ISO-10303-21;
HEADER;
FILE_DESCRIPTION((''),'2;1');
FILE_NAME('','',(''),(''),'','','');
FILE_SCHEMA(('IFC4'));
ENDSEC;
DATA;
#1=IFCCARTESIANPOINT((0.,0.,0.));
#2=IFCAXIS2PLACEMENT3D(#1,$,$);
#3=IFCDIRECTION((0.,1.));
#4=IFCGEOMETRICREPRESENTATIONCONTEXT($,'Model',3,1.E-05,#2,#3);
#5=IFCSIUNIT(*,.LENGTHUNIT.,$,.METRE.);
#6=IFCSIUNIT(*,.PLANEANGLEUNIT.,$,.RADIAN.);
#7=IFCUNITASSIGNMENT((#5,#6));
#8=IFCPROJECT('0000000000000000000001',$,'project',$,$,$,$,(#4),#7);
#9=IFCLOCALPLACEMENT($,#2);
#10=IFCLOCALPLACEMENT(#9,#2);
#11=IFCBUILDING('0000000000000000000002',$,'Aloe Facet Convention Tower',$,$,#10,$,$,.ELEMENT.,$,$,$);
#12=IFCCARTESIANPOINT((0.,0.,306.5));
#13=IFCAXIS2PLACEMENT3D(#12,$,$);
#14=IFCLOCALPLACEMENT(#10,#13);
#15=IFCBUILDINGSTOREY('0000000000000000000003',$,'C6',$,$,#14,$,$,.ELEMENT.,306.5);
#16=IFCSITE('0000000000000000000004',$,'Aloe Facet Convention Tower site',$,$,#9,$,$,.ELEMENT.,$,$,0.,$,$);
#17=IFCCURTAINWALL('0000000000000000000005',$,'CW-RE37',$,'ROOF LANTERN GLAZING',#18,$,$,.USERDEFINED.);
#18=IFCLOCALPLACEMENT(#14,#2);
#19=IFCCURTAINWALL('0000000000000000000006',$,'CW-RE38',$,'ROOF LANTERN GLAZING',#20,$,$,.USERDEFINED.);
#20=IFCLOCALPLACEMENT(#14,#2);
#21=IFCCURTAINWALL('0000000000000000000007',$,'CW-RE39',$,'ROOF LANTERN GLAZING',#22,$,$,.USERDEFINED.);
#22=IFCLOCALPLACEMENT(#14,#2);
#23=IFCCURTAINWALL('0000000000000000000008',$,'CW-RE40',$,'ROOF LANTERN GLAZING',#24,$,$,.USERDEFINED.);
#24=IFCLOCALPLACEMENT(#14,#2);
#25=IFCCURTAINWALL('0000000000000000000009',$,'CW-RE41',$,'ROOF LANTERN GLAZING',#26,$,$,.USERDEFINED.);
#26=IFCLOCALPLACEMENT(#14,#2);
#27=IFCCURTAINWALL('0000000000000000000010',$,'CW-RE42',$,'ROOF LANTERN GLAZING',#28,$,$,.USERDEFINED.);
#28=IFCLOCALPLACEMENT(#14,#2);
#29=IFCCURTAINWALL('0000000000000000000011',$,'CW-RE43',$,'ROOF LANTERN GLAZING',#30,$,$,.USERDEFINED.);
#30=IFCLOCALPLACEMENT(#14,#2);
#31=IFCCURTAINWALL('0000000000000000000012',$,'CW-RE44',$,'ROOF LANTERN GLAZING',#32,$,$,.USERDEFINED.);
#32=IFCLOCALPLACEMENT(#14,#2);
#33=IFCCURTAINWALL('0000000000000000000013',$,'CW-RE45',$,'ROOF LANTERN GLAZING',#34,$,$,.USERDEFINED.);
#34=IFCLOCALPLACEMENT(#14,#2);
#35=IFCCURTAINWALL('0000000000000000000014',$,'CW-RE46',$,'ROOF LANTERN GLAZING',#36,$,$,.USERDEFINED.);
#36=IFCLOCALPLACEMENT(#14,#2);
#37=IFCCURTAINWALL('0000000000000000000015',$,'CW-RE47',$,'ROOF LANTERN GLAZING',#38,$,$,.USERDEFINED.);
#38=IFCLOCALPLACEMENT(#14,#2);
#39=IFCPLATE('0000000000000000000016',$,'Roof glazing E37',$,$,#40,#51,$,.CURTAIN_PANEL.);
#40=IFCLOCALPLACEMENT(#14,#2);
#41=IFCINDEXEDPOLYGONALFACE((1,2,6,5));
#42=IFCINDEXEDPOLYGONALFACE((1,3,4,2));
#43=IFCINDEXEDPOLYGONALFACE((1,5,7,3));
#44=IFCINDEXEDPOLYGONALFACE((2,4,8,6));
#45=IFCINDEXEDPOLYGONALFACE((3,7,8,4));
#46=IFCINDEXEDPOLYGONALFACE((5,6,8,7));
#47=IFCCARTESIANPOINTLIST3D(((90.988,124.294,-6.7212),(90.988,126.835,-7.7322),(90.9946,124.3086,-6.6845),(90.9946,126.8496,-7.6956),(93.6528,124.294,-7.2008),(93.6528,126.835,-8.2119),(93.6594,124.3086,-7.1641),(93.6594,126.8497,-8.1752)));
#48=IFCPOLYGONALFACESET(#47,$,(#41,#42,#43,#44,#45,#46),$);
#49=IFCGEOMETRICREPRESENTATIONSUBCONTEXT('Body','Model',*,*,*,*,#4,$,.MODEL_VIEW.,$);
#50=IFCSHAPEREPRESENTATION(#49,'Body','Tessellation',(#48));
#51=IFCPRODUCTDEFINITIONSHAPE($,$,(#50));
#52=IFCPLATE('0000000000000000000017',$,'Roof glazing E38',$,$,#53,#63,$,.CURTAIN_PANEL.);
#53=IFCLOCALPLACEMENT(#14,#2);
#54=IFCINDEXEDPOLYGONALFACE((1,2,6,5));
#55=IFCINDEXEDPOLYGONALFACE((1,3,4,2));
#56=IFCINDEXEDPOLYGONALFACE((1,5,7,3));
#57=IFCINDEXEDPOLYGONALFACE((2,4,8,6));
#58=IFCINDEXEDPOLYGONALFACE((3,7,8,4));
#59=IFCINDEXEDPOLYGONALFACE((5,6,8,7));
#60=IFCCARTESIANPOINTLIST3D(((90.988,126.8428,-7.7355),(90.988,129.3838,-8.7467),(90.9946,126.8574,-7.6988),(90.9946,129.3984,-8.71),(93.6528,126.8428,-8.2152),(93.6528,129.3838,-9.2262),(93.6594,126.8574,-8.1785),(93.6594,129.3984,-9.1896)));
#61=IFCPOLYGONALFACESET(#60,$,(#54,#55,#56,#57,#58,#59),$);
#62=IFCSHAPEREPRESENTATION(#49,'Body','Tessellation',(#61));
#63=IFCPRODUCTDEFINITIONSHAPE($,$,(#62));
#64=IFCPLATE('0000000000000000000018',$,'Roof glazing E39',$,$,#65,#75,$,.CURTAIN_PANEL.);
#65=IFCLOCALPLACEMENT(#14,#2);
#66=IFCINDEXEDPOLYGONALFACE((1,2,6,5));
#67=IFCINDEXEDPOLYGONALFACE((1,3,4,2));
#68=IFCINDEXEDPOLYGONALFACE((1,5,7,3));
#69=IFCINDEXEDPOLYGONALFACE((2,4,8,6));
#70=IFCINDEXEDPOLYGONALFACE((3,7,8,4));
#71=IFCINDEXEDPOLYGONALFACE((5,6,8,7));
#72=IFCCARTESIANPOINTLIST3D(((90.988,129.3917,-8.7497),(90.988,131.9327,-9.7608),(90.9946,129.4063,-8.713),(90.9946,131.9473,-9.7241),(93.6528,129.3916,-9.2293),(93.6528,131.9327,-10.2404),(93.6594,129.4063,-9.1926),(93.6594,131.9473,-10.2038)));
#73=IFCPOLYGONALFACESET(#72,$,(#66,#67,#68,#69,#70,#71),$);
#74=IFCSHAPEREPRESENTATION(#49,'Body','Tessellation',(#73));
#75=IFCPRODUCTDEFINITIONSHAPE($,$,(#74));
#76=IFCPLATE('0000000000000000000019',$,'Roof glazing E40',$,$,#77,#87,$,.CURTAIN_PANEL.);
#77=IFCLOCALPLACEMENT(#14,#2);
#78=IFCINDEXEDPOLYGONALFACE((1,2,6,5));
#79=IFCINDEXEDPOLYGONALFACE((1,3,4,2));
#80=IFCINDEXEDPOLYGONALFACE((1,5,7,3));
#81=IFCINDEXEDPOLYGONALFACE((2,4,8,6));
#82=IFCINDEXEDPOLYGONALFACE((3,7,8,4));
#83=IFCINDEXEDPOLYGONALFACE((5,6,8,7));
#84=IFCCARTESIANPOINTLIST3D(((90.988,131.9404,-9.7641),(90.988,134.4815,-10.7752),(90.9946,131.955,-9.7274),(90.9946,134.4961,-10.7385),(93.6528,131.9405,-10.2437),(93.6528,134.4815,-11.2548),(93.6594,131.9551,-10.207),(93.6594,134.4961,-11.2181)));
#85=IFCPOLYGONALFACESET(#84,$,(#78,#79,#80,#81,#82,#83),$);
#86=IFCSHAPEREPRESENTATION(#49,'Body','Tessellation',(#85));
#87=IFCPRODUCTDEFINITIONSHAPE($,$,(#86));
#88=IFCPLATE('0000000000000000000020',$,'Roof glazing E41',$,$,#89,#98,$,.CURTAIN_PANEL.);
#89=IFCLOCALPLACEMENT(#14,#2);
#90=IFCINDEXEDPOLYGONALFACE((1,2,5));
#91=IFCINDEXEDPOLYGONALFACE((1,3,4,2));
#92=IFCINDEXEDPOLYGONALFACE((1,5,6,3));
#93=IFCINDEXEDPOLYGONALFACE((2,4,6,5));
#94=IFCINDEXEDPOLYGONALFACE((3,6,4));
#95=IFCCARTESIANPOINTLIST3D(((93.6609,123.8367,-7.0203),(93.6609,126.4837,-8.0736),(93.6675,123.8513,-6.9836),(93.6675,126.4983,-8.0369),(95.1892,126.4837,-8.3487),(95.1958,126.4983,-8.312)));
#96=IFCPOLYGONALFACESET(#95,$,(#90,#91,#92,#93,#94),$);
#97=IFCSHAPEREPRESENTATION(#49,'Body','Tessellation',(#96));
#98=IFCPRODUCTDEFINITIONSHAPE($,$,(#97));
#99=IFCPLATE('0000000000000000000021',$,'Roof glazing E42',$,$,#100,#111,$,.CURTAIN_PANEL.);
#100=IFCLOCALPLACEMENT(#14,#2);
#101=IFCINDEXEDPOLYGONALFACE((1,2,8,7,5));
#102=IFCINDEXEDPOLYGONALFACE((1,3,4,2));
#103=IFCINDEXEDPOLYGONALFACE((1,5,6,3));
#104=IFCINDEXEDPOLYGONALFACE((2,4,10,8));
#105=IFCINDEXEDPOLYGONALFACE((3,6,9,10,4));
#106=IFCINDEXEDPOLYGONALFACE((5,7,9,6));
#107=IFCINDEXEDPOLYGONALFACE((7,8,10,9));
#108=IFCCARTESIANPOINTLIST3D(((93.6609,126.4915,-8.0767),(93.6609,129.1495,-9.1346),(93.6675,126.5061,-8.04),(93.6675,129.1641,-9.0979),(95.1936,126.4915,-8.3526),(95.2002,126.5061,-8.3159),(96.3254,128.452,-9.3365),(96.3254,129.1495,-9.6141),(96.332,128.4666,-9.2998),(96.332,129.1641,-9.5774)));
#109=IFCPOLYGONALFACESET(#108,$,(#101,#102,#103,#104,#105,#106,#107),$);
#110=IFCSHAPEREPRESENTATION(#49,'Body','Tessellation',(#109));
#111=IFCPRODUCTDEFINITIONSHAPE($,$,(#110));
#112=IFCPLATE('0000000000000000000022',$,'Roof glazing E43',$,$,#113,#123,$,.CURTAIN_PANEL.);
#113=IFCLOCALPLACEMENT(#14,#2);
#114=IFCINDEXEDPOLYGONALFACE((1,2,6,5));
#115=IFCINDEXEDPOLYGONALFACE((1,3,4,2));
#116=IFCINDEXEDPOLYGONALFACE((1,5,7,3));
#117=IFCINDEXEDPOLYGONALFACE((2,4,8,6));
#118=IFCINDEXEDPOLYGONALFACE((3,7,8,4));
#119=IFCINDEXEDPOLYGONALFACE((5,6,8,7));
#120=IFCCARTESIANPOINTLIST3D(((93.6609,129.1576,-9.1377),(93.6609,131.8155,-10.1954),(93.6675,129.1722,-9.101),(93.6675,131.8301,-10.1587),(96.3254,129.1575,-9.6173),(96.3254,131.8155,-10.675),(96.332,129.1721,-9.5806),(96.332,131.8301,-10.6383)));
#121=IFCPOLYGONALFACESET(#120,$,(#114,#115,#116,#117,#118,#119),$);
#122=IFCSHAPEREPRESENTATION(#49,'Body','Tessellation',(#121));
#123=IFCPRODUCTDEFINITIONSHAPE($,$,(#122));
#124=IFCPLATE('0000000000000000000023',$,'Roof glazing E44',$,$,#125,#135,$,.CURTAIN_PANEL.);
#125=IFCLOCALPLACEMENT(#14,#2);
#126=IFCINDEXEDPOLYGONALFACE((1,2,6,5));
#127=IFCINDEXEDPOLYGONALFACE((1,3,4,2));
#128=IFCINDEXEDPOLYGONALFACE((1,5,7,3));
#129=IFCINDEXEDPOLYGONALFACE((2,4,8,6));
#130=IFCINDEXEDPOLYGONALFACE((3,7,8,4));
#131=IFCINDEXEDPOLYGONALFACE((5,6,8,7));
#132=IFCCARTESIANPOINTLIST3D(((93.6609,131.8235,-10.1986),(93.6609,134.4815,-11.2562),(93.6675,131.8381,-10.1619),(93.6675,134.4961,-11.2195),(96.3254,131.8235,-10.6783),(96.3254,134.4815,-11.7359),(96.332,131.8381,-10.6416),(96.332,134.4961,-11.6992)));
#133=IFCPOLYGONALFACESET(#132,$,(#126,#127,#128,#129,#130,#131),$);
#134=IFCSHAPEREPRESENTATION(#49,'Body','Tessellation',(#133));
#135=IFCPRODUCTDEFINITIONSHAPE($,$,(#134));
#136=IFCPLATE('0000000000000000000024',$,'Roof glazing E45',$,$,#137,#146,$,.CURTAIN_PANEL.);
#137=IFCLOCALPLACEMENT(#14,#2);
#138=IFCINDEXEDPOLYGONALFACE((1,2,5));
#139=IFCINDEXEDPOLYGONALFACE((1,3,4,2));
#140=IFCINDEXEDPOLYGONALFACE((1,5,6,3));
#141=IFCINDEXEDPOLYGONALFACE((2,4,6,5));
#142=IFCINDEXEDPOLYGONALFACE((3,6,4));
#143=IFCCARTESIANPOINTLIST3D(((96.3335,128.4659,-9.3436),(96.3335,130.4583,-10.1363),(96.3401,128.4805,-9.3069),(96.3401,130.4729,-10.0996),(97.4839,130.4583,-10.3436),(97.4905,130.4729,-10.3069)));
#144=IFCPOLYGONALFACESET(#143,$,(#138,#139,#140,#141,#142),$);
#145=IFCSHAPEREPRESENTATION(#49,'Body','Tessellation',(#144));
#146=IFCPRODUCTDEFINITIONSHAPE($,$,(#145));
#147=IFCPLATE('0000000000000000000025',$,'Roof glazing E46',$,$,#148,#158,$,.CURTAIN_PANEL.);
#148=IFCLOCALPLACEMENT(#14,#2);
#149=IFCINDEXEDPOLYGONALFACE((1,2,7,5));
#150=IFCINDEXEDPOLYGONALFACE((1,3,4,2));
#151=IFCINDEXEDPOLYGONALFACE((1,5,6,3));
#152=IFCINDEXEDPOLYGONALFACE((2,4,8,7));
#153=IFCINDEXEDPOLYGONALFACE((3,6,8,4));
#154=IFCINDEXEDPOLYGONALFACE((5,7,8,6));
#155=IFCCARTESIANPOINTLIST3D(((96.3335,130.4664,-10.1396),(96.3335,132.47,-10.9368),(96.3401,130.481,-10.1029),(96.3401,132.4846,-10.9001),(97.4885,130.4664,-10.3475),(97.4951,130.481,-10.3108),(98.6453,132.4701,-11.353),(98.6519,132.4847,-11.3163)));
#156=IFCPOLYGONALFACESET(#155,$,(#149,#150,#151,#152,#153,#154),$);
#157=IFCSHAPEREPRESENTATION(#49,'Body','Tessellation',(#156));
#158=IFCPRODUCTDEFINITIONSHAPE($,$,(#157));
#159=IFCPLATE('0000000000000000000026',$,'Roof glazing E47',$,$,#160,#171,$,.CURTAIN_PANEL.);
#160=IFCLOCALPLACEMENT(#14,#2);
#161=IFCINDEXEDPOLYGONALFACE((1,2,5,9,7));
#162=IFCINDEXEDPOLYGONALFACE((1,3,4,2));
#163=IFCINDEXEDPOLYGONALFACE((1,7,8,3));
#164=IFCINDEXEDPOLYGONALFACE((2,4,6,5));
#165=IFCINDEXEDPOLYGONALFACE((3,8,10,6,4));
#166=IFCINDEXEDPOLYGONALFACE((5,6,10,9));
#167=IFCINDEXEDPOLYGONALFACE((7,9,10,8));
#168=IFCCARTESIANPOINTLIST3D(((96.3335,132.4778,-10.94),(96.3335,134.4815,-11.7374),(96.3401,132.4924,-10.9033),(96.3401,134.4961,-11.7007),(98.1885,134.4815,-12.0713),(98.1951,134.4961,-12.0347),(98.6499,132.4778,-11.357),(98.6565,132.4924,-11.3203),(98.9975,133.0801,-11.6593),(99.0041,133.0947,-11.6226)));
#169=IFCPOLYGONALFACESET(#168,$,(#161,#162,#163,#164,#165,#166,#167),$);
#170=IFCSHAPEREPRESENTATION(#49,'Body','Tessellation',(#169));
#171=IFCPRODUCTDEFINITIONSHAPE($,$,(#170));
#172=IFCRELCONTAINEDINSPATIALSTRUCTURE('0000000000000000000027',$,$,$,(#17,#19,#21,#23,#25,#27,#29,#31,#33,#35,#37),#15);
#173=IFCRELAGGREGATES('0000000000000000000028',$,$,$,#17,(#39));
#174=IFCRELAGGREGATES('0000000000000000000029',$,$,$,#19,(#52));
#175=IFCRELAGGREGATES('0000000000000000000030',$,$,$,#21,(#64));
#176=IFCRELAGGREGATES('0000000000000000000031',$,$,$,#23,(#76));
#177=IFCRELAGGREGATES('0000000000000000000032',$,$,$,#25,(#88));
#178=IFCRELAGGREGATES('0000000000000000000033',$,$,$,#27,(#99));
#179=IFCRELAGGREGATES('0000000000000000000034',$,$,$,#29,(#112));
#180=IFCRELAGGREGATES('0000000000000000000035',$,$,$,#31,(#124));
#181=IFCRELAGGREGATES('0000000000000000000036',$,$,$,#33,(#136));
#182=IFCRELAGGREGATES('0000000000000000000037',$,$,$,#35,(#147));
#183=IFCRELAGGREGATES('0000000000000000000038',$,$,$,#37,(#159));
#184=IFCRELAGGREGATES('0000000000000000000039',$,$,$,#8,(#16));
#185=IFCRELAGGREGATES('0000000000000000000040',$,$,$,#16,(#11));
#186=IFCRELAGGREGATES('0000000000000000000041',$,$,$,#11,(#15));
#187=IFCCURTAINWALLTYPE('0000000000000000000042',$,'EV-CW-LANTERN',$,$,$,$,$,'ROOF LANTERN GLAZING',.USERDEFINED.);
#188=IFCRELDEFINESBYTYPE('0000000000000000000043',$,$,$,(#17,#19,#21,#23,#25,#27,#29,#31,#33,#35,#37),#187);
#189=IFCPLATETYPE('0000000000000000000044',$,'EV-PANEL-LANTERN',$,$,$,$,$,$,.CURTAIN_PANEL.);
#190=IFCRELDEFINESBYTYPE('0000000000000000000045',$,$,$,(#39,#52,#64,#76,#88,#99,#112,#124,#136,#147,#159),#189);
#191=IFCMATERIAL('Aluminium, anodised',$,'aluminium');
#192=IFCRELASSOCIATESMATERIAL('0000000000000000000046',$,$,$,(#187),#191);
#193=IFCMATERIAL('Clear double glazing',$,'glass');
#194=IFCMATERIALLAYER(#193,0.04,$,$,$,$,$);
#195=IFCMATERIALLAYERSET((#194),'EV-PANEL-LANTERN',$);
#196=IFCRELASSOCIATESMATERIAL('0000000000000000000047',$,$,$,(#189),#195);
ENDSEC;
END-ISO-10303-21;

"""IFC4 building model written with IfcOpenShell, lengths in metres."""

from ifc_helpers import new_model, si_unit, direction, frame, origin, place, context, subcontext, project, spatial, polyline, outline, extrude, material, layer, layer_set, type_object, element, aggregate, save


model = new_model("IFC4")

# Units and contexts
model_context = context("Model", 3, precision=1e-05, world=origin(), true_north=direction((0.0, 1.0)))
body_context = subcontext(model_context, "Body", "Model", "MODEL_VIEW")
ifc_project = project(units=[si_unit("LENGTHUNIT", "METRE"), si_unit("PLANEANGLEUNIT", "RADIAN")], contexts=[model_context])

# Site, building, storey
site_placement = place(None, origin())
site = spatial("IfcSite", under=ifc_project, at=site_placement, Name="Aloe Facet Convention Tower site", CompositionType="ELEMENT", RefElevation=0.0)
building_placement = place(site_placement, origin())
building = spatial("IfcBuilding", under=site, at=building_placement, Name="Aloe Facet Convention Tower", CompositionType="ELEMENT")
storey_placement = place(building_placement, frame((0.0, 0.0, 306.5)))
storey = spatial("IfcBuildingStorey", under=building, at=storey_placement, Name="C6", CompositionType="ELEMENT", Elevation=306.5)

# Curtain walls
ifc_material_1 = material(Name="Aluminium, anodised", Category="aluminium")
curtain_wall_type = type_object("IfcCurtainWallType", Name="EV-CW-LANTERN", ElementType="ROOF LANTERN GLAZING", PredefinedType="USERDEFINED", material=ifc_material_1)
curtain_wall_1_placement = place(storey_placement, origin())
curtain_wall_1 = element("IfcCurtainWall", 1, at=curtain_wall_1_placement, inside=storey, type_object=curtain_wall_type, Name="CW-RE37", ObjectType="ROOF LANTERN GLAZING", PredefinedType="USERDEFINED")
curtain_wall_2_placement = place(storey_placement, origin())
curtain_wall_2 = element("IfcCurtainWall", 2, at=curtain_wall_2_placement, inside=storey, type_object=curtain_wall_type, Name="CW-RE38", ObjectType="ROOF LANTERN GLAZING", PredefinedType="USERDEFINED")
curtain_wall_3_placement = place(storey_placement, origin())
curtain_wall_3 = element("IfcCurtainWall", 3, at=curtain_wall_3_placement, inside=storey, type_object=curtain_wall_type, Name="CW-RE39", ObjectType="ROOF LANTERN GLAZING", PredefinedType="USERDEFINED")
curtain_wall_4_placement = place(storey_placement, origin())
curtain_wall_4 = element("IfcCurtainWall", 4, at=curtain_wall_4_placement, inside=storey, type_object=curtain_wall_type, Name="CW-RE40", ObjectType="ROOF LANTERN GLAZING", PredefinedType="USERDEFINED")
curtain_wall_5_placement = place(storey_placement, origin())
curtain_wall_5 = element("IfcCurtainWall", 5, at=curtain_wall_5_placement, inside=storey, type_object=curtain_wall_type, Name="CW-RE41", ObjectType="ROOF LANTERN GLAZING", PredefinedType="USERDEFINED")

# Curtain wall
curtain_wall_6_placement = place(storey_placement, origin())
curtain_wall_6 = element("IfcCurtainWall", 6, at=curtain_wall_6_placement, inside=storey, type_object=curtain_wall_type, Name="CW-RE42", ObjectType="ROOF LANTERN GLAZING", PredefinedType="USERDEFINED")

# Curtain walls
curtain_wall_7_placement = place(storey_placement, origin())
curtain_wall_7 = element("IfcCurtainWall", 7, at=curtain_wall_7_placement, inside=storey, type_object=curtain_wall_type, Name="CW-RE43", ObjectType="ROOF LANTERN GLAZING", PredefinedType="USERDEFINED")
curtain_wall_8_placement = place(storey_placement, origin())
curtain_wall_8 = element("IfcCurtainWall", 8, at=curtain_wall_8_placement, inside=storey, type_object=curtain_wall_type, Name="CW-RE44", ObjectType="ROOF LANTERN GLAZING", PredefinedType="USERDEFINED")
curtain_wall_9_placement = place(storey_placement, origin())
curtain_wall_9 = element("IfcCurtainWall", 9, at=curtain_wall_9_placement, inside=storey, type_object=curtain_wall_type, Name="CW-RE45", ObjectType="ROOF LANTERN GLAZING", PredefinedType="USERDEFINED")
curtain_wall_10_placement = place(storey_placement, origin())
curtain_wall_10 = element("IfcCurtainWall", 10, at=curtain_wall_10_placement, inside=storey, type_object=curtain_wall_type, Name="CW-RE46", ObjectType="ROOF LANTERN GLAZING", PredefinedType="USERDEFINED")

# Curtain wall
curtain_wall_11_placement = place(storey_placement, origin())
curtain_wall_11 = element("IfcCurtainWall", 11, at=curtain_wall_11_placement, inside=storey, type_object=curtain_wall_type, Name="CW-RE47", ObjectType="ROOF LANTERN GLAZING", PredefinedType="USERDEFINED")

# Plates
ifc_material_2 = material(Name="Clear double glazing", Category="glass")
ifc_layer = layer(ifc_material_2, 0.04)
ifc_layer_set = layer_set([ifc_layer], Name="EV-PANEL-LANTERN")
plate_type = type_object("IfcPlateType", Name="EV-PANEL-LANTERN", PredefinedType="CURTAIN_PANEL", material=ifc_layer_set)
plate_1_placement = place(storey_placement, frame((90.9946, 126.8496, -7.6956), z_axis=(0.164938, 0.364656, 0.916418), x_axis=(0.984185, 0.000015, -0.177141)))
plate_1 = element("IfcPlate", 12, at=plate_1_placement, type_object=plate_type, Name="Roof glazing E37", PredefinedType="CURTAIN_PANEL", context=body_context, shape_type="SweptSolid", body=[
    extrude(outline(polyline([(0.0, 0.0), (2.7076, 0.0), (2.5285, -2.729), (-0.1791, -2.7289), (0.0, 0.0)])), origin(), (0.0, 0.0, -1.0), 0.04),
])
aggregate(curtain_wall_1, [plate_1])
plate_2_placement = place(storey_placement, frame((90.9946, 129.3984, -8.71), z_axis=(0.164938, 0.364656, 0.916418), x_axis=(0.984188, -0.000015, -0.17713)))
plate_2 = element("IfcPlate", 13, at=plate_2_placement, type_object=plate_type, Name="Roof glazing E38", PredefinedType="CURTAIN_PANEL", context=body_context, shape_type="SweptSolid", body=[
    extrude(outline(polyline([(0.0, 0.0), (2.7076, 0.0), (2.5286, -2.7289), (-0.1791, -2.729), (0.0, 0.0)])), origin(), (0.0, 0.0, -1.0), 0.04),
])
aggregate(curtain_wall_2, [plate_2])
plate_3_placement = place(storey_placement, frame((90.9946, 131.9473, -9.7241), z_axis=(0.164938, 0.364656, 0.916418), x_axis=(0.984185, 0.000015, -0.177141)))
plate_3 = element("IfcPlate", 14, at=plate_3_placement, type_object=plate_type, Name="Roof glazing E39", PredefinedType="CURTAIN_PANEL", context=body_context, shape_type="SweptSolid", body=[
    extrude(outline(polyline([(0.0, 0.0), (2.7076, 0.0), (2.5285, -2.729), (-0.1791, -2.7289), (0.0, 0.0)])), origin(), (0.0, 0.0, -1.0), 0.04),
])
aggregate(curtain_wall_3, [plate_3])
plate_4_placement = place(storey_placement, frame((90.9946, 134.4961, -10.7385), z_axis=(0.164938, 0.364656, 0.916418), x_axis=(0.984188, -0.000015, -0.17713)))
plate_4 = element("IfcPlate", 15, at=plate_4_placement, type_object=plate_type, Name="Roof glazing E40", PredefinedType="CURTAIN_PANEL", context=body_context, shape_type="SweptSolid", body=[
    extrude(outline(polyline([(0.0, 0.0), (2.7076, 0.0), (2.5286, -2.7289), (-0.1791, -2.729), (0.0, 0.0)])), origin(), (0.0, 0.0, -1.0), 0.04),
])
aggregate(curtain_wall_4, [plate_4])
plate_5_placement = place(storey_placement, frame((95.1958, 126.4983, -8.312), z_axis=(0.164984, 0.364639, 0.916416), x_axis=(-0.458585, -0.794246, 0.398588)))
plate_5 = element("IfcPlate", 16, at=plate_5_placement, type_object=plate_type, Name="Roof glazing E41", PredefinedType="CURTAIN_PANEL", context=body_context, shape_type="SweptSolid", body=[
    extrude(outline(polyline([(0.0, 0.0), (3.3327, 0.0), (0.8105, -1.3246), (0.0, 0.0)])), origin(), (0.0, 0.0, -1.0), 0.04),
])
aggregate(curtain_wall_5, [plate_5])
plate_6_placement = place(storey_placement, frame((93.6675, 126.5061, -8.04), z_axis=(0.164922, 0.36471, 0.916399), x_axis=(0.000002, 0.929122, -0.369774)))
plate_6 = element("IfcPlate", 17, at=plate_6_placement, type_object=plate_type, Name="Roof glazing E42", PredefinedType="CURTAIN_PANEL", context=body_context, shape_type="SweptSolid", body=[
    extrude(outline(polyline([(0.0, 0.0), (2.8607, 0.0), (3.038, -2.7015), (2.2873, -2.7015), (0.102, -1.554), (0.0, 0.0)])), origin(), (0.0, 0.0, -1.0), 0.04),
])
aggregate(curtain_wall_6, [plate_6])
plate_7_placement = place(storey_placement, frame((93.6675, 131.8301, -10.1587), z_axis=(0.164951, 0.364685, 0.916404), x_axis=(0.984183, 0.000015, -0.177157)))
plate_7 = element("IfcPlate", 18, at=plate_7_placement, type_object=plate_type, Name="Roof glazing E43", PredefinedType="CURTAIN_PANEL", context=body_context, shape_type="SweptSolid", body=[
    extrude(outline(polyline([(0.0, 0.0), (2.7074, 0.0), (2.5199, -2.8546), (-0.1874, -2.8545), (0.0, 0.0)])), origin(), (0.0, 0.0, -1.0), 0.04),
])
aggregate(curtain_wall_7, [plate_7])
plate_8_placement = place(storey_placement, frame((93.6675, 134.4961, -11.2195), z_axis=(0.164994, 0.364646, 0.916412), x_axis=(0.984176, 0.0, -0.177195)))
plate_8 = element("IfcPlate", 19, at=plate_8_placement, type_object=plate_type, Name="Roof glazing E44", PredefinedType="CURTAIN_PANEL", context=body_context, shape_type="SweptSolid", body=[
    extrude(outline(polyline([(0.0, 0.0), (2.7074, 0.0), (2.52, -2.8545), (-0.1874, -2.8545), (0.0, 0.0)])), origin(), (0.0, 0.0, -1.0), 0.04),
])
aggregate(curtain_wall_8, [plate_8])
plate_9_placement = place(storey_placement, frame((97.4905, 130.4729, -10.3069), z_axis=(0.165116, 0.364608, 0.916405), x_axis=(-0.458575, -0.794234, 0.398625)))
plate_9 = element("IfcPlate", 20, at=plate_9_placement, type_object=plate_type, Name="Roof glazing E45", PredefinedType="CURTAIN_PANEL", context=body_context, shape_type="SweptSolid", body=[
    extrude(outline(polyline([(0.0, 0.0), (2.5086, 0.0), (0.6102, -0.997), (0.0, 0.0)])), origin(), (0.0, 0.0, -1.0), 0.04),
])
aggregate(curtain_wall_9, [plate_9])
plate_10_placement = place(storey_placement, frame((96.3401, 132.4846, -10.9001), z_axis=(0.164955, 0.364645, 0.916419), x_axis=(0.984182, 0.00002, -0.177161)))
plate_10 = element("IfcPlate", 21, at=plate_10_placement, type_object=plate_type, Name="Roof glazing E46", PredefinedType="CURTAIN_PANEL", context=body_context, shape_type="SweptSolid", body=[
    extrude(outline(polyline([(0.0, 0.0), (2.3489, 0.0), (1.0323, -2.1518), (-0.1413, -2.1518), (0.0, 0.0)])), origin(), (0.0, 0.0, -1.0), 0.04),
])
aggregate(curtain_wall_10, [plate_10])
plate_11_placement = place(storey_placement, frame((96.3401, 132.4924, -10.9033), z_axis=(0.16497, 0.364696, 0.916396), x_axis=(-0.000002, 0.929126, -0.369762)))
plate_11 = element("IfcPlate", 22, at=plate_11_placement, type_object=plate_type, Name="Roof glazing E47", PredefinedType="CURTAIN_PANEL", context=body_context, shape_type="SweptSolid", body=[
    extrude(outline(polyline([(0.0, 0.0), (2.1565, 0.0), (2.28, -1.8808), (0.8255, -2.7011), (0.1542, -2.3486), (0.0, 0.0)])), origin(), (0.0, 0.0, -1.0), 0.04),
])
aggregate(curtain_wall_11, [plate_11])

save(model, "model.ifc")
